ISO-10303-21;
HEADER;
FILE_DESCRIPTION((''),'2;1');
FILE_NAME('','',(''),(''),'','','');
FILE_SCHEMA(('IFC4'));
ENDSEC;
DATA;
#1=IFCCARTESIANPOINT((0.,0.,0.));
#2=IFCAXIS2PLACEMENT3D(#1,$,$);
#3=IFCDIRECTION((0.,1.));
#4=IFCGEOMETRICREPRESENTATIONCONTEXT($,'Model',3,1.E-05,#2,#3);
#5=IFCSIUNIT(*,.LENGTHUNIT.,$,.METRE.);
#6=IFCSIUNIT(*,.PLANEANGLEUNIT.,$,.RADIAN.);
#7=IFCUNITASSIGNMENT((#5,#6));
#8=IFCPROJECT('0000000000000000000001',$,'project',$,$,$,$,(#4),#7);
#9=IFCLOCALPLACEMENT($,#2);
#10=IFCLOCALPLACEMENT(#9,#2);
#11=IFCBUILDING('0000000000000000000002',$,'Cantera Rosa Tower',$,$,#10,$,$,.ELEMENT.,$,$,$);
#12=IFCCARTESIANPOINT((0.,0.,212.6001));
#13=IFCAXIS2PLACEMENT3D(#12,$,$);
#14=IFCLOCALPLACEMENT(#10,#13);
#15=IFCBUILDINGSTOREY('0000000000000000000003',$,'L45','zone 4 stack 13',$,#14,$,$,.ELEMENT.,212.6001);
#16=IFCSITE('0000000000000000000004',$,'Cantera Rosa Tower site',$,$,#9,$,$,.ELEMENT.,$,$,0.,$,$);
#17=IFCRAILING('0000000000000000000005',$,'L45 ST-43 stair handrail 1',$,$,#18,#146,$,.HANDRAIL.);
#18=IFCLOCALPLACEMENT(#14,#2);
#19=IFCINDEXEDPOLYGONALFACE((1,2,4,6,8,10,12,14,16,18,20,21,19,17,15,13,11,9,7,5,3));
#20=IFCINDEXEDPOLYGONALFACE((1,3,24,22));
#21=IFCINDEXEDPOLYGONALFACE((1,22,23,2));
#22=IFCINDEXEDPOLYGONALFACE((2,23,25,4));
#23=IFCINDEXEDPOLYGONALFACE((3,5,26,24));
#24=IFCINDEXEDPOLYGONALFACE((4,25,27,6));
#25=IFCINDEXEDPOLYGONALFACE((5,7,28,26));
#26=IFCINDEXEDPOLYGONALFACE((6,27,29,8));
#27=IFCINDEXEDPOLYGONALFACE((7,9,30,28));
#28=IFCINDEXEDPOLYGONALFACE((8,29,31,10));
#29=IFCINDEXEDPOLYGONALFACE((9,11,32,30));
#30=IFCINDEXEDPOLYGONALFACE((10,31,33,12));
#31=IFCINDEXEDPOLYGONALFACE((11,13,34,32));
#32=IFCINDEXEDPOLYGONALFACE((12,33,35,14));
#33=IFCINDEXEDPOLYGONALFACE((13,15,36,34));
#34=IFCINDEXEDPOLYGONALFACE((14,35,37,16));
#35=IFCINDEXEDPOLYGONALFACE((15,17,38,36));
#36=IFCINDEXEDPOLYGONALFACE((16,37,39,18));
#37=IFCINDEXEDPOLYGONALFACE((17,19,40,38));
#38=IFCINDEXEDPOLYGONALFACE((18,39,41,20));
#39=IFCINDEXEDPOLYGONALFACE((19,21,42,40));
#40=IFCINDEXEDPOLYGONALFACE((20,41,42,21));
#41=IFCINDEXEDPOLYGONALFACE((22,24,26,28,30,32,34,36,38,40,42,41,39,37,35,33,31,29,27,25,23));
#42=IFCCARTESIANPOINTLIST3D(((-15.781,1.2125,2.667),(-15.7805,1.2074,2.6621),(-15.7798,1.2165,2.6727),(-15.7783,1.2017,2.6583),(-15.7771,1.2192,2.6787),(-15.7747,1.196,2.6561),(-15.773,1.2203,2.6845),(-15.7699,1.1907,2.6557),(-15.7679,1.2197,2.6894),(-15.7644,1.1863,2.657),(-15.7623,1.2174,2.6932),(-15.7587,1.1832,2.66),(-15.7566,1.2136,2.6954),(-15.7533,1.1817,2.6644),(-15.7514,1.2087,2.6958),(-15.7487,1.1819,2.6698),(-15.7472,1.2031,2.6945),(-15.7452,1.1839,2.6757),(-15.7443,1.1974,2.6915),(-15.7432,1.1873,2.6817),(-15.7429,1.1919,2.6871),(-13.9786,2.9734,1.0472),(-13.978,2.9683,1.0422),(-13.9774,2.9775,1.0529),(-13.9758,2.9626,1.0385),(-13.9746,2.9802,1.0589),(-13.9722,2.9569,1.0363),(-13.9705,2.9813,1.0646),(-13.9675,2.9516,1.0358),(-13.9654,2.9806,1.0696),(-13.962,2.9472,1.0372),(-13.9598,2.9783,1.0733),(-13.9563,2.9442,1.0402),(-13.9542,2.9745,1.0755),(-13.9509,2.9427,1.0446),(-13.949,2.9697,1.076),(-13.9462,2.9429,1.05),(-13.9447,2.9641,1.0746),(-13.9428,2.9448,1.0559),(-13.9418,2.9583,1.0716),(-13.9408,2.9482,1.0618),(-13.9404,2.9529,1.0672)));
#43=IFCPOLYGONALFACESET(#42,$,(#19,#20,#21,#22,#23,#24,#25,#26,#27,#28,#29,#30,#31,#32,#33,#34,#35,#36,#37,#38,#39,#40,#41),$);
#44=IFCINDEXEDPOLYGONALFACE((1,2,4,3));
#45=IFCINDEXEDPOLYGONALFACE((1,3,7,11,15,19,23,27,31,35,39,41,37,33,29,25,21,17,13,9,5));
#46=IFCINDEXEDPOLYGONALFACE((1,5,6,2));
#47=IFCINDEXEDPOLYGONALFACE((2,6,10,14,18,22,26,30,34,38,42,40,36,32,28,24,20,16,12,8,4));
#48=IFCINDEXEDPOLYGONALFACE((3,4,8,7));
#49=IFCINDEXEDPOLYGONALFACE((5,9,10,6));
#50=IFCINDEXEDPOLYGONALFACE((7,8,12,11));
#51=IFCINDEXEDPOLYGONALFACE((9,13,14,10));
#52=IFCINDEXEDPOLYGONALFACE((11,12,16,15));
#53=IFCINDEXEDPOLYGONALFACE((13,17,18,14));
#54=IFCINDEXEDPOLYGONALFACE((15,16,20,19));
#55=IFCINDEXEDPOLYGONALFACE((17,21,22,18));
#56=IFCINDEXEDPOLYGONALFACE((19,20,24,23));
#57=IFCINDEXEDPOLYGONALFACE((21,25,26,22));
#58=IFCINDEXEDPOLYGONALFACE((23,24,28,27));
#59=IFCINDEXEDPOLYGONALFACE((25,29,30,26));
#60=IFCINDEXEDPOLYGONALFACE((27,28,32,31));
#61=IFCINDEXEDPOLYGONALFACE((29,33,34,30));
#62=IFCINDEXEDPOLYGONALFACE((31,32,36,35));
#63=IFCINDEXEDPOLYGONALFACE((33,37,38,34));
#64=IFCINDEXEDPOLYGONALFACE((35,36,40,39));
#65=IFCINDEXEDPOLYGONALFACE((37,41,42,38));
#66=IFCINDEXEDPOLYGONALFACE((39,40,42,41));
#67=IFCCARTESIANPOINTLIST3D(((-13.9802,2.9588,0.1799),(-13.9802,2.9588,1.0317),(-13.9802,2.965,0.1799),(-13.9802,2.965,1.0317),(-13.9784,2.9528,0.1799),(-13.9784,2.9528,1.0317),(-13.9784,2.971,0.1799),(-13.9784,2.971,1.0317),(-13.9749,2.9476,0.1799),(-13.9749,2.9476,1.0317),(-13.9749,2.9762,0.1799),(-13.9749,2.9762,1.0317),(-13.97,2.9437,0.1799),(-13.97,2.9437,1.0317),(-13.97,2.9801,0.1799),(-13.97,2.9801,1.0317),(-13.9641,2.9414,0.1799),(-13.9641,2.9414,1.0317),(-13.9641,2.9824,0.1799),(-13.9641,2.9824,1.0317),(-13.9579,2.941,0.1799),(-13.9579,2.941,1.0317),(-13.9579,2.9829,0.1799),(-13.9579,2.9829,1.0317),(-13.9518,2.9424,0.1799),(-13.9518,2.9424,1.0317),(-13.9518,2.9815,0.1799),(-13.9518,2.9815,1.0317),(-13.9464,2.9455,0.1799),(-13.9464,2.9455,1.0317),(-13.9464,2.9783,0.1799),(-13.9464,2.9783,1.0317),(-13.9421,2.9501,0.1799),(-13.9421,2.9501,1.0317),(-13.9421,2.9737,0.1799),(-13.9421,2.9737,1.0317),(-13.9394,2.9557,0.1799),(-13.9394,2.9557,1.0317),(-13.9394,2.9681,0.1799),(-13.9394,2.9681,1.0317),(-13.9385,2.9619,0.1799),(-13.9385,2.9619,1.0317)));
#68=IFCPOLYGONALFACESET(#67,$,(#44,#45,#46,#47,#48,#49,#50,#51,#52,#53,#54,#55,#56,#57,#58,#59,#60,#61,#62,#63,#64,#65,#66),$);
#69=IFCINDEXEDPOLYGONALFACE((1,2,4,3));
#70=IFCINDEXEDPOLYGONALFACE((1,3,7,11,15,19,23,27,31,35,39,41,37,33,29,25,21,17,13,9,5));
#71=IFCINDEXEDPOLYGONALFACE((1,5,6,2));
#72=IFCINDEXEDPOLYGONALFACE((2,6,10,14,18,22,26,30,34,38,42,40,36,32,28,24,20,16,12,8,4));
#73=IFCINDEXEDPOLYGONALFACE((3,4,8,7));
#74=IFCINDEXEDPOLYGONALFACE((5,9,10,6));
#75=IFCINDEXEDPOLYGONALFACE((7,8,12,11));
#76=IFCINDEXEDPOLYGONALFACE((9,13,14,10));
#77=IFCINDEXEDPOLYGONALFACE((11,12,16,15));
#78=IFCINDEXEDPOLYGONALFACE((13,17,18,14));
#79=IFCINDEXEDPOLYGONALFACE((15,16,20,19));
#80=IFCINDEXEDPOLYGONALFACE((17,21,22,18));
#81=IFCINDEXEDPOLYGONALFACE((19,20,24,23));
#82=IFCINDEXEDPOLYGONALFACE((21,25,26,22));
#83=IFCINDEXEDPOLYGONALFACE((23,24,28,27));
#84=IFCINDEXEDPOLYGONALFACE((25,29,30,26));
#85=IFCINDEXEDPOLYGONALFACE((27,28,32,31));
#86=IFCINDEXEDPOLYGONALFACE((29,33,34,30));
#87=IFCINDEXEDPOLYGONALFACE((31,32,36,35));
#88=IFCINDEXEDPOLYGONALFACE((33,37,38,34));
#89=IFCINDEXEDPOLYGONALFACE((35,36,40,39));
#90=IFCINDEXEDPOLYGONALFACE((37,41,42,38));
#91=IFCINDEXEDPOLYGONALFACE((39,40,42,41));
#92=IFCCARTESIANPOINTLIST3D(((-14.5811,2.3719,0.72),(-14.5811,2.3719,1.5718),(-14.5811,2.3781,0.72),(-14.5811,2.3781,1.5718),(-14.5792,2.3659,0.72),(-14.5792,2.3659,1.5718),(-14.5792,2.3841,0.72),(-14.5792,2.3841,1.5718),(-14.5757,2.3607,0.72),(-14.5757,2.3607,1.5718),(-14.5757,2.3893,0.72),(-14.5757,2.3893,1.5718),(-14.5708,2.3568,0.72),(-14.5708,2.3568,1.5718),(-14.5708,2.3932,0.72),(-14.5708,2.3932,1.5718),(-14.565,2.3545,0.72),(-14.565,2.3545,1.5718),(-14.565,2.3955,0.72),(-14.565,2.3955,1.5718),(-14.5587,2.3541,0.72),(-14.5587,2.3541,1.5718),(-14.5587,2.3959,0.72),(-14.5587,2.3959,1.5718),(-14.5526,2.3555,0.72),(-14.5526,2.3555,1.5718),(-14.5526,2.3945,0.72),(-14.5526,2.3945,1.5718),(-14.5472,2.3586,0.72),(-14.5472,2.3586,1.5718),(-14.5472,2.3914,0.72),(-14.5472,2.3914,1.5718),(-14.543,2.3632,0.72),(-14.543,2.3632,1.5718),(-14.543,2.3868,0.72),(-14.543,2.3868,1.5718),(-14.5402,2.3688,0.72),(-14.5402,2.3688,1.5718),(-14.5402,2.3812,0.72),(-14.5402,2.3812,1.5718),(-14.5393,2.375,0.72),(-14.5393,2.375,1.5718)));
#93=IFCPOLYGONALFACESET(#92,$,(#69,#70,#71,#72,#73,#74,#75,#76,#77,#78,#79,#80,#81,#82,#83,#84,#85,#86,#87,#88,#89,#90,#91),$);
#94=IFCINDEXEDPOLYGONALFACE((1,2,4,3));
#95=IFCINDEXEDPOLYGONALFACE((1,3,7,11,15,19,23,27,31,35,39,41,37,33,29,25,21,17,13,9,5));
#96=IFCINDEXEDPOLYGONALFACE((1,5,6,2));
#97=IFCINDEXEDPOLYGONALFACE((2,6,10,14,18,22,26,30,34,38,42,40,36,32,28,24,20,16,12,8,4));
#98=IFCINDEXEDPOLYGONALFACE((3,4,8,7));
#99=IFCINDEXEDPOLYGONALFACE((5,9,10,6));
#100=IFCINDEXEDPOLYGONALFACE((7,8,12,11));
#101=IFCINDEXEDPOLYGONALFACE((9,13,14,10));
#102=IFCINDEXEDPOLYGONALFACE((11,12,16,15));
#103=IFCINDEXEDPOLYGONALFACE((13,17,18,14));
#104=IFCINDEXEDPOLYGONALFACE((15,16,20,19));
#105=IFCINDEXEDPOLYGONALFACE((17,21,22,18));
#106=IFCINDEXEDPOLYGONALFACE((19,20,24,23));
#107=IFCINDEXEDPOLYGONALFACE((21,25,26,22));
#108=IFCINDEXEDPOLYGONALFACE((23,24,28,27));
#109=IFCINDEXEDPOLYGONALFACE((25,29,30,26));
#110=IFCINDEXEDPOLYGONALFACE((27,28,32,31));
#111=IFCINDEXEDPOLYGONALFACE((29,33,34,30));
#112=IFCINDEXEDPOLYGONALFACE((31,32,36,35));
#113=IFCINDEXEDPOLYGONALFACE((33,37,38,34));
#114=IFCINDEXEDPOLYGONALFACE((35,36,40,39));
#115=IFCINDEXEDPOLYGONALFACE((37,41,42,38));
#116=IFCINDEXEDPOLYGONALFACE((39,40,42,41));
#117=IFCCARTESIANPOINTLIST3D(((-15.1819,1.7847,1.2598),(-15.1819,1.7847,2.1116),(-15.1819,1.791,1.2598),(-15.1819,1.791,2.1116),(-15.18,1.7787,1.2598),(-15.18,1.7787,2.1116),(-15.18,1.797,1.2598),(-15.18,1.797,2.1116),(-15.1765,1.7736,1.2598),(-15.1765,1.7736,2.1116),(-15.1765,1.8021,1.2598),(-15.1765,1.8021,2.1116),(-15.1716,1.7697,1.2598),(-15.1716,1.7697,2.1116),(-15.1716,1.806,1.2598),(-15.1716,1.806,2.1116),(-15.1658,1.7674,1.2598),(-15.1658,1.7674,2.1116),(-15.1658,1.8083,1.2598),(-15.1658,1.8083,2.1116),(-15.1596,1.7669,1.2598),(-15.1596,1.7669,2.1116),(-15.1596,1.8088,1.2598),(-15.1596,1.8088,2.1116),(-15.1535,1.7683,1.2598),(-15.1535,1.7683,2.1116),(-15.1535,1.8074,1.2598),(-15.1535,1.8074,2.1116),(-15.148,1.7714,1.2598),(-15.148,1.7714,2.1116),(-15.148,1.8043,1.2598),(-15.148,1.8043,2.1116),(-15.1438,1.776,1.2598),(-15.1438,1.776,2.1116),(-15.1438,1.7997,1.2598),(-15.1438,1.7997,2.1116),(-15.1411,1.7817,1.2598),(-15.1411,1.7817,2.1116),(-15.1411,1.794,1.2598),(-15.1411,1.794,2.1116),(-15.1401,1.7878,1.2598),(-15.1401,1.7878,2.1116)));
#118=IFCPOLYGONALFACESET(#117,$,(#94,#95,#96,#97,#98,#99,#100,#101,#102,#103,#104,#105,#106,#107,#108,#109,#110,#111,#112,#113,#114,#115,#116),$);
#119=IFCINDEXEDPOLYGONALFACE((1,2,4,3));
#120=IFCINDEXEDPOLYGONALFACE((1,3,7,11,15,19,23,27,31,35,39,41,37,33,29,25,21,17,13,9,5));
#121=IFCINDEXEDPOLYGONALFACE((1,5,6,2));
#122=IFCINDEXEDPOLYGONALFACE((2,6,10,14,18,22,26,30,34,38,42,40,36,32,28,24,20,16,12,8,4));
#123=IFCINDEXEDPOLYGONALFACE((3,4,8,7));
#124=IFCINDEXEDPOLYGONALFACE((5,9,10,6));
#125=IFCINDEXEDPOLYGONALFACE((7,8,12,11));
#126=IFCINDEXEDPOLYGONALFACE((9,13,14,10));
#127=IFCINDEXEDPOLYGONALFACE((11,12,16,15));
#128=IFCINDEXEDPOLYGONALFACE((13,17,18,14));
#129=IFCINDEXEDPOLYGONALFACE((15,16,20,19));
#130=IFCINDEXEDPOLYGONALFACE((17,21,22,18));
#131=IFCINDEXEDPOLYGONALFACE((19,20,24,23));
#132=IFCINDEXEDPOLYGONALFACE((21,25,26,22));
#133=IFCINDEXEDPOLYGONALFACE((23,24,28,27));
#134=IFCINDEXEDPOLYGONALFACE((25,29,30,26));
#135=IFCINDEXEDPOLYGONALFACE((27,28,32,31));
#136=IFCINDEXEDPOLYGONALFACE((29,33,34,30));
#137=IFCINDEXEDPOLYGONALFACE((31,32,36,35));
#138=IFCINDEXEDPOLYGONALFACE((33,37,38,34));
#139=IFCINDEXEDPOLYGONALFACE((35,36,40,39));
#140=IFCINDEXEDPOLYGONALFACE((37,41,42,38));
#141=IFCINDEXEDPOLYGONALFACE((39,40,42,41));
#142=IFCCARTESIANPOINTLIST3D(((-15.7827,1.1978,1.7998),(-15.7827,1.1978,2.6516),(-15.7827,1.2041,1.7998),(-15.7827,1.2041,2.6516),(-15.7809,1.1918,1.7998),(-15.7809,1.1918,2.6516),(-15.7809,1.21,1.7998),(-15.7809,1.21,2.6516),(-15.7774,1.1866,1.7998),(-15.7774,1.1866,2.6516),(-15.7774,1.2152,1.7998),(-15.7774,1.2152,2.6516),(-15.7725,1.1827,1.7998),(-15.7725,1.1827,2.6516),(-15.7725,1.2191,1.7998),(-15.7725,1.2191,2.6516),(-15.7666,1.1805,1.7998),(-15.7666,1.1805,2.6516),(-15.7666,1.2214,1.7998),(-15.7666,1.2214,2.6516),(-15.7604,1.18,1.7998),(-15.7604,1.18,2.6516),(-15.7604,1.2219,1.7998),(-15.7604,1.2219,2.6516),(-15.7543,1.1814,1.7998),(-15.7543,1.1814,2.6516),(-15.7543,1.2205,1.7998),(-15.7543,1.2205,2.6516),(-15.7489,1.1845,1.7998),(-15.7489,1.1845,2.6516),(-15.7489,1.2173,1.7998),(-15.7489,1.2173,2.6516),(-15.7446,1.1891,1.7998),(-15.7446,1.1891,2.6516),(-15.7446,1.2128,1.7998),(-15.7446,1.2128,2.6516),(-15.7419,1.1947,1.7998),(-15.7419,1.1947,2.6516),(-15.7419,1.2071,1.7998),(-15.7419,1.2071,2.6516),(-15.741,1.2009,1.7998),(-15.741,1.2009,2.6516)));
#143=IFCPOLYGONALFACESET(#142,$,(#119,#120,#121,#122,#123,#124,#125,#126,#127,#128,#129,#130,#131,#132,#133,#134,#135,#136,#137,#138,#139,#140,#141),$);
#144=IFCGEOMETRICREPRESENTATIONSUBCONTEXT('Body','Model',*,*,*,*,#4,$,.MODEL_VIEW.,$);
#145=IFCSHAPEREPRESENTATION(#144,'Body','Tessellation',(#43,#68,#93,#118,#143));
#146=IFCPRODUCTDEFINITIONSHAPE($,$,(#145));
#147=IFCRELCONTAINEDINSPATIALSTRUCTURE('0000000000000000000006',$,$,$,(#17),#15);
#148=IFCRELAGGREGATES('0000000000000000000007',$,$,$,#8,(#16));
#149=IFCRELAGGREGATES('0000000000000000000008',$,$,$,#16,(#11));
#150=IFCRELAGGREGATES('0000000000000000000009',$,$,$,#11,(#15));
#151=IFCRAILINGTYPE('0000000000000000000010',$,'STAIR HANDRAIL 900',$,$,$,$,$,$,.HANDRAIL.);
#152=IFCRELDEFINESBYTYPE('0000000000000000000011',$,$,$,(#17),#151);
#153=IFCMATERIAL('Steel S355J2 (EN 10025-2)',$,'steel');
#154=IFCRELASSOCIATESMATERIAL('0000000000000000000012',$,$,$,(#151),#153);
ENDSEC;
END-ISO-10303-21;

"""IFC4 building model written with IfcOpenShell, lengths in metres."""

from ifc_helpers import new_model, si_unit, direction, frame, origin, origin_2d, place, context, subcontext, project, spatial, circle, extrude, material, type_object, element, save


model = new_model("IFC4")

# Units and contexts
model_context = context("Model", 3, precision=1e-05, world=origin(), true_north=direction((0.0, 1.0)))
body_context = subcontext(model_context, "Body", "Model", "MODEL_VIEW")
ifc_project = project(units=[si_unit("LENGTHUNIT", "METRE"), si_unit("PLANEANGLEUNIT", "RADIAN")], contexts=[model_context])

# Site, building, storey
site_placement = place(None, origin())
site = spatial("IfcSite", under=ifc_project, at=site_placement, Name="Cantera Rosa Tower site", CompositionType="ELEMENT", RefElevation=0.0)
building_placement = place(site_placement, origin())
building = spatial("IfcBuilding", under=site, at=building_placement, Name="Cantera Rosa Tower", CompositionType="ELEMENT")
storey_placement = place(building_placement, frame((0.0, 0.0, 212.6001)))
storey = spatial("IfcBuildingStorey", under=building, at=storey_placement, Name="L45", Description="zone 4 stack 13", CompositionType="ELEMENT", Elevation=212.6001)

# Railing
ifc_material_1 = material(Name="Steel S355J2 (EN 10025-2)", Category="steel")
railing_type_1 = type_object("IfcRailingType", Name="STAIR HANDRAIL 900", PredefinedType="HANDRAIL", material=ifc_material_1)
railing_1_placement = place(storey_placement, frame((-13.9595, 2.9619, 0.1799)))
element("IfcRailing", 1, at=railing_1_placement, inside=storey, type_object=railing_type_1, Name="L45 ST-43 stair handrail 1", PredefinedType="HANDRAIL", context=body_context, shape_type="SweptSolid", body=[
    extrude(circle(Radius=0.0239, at=origin_2d()), frame((0.0, 0.0, 0.876), z_axis=(-0.601699, -0.587844, 0.540738), x_axis=(0.698824, -0.715294, 0.0)), (0.0, 0.0, 1.0), 2.9956),
    extrude(circle(Radius=0.021, at=origin_2d()), origin(), (0.0, 0.0, 1.0), 0.8518),
    extrude(circle(Radius=0.021, at=origin_2d()), frame((-0.6008, -0.5869, 0.54)), (0.0, 0.0, 1.0), 0.8518),
    extrude(circle(Radius=0.021, at=origin_2d()), frame((-1.2017, -1.1741, 1.0798)), (0.0, 0.0, 1.0), 0.8518),
    extrude(circle(Radius=0.021, at=origin_2d()), frame((-1.8025, -1.761, 1.6199)), (0.0, 0.0, 1.0), 0.8518),
])

save(model, "model.ifc")
